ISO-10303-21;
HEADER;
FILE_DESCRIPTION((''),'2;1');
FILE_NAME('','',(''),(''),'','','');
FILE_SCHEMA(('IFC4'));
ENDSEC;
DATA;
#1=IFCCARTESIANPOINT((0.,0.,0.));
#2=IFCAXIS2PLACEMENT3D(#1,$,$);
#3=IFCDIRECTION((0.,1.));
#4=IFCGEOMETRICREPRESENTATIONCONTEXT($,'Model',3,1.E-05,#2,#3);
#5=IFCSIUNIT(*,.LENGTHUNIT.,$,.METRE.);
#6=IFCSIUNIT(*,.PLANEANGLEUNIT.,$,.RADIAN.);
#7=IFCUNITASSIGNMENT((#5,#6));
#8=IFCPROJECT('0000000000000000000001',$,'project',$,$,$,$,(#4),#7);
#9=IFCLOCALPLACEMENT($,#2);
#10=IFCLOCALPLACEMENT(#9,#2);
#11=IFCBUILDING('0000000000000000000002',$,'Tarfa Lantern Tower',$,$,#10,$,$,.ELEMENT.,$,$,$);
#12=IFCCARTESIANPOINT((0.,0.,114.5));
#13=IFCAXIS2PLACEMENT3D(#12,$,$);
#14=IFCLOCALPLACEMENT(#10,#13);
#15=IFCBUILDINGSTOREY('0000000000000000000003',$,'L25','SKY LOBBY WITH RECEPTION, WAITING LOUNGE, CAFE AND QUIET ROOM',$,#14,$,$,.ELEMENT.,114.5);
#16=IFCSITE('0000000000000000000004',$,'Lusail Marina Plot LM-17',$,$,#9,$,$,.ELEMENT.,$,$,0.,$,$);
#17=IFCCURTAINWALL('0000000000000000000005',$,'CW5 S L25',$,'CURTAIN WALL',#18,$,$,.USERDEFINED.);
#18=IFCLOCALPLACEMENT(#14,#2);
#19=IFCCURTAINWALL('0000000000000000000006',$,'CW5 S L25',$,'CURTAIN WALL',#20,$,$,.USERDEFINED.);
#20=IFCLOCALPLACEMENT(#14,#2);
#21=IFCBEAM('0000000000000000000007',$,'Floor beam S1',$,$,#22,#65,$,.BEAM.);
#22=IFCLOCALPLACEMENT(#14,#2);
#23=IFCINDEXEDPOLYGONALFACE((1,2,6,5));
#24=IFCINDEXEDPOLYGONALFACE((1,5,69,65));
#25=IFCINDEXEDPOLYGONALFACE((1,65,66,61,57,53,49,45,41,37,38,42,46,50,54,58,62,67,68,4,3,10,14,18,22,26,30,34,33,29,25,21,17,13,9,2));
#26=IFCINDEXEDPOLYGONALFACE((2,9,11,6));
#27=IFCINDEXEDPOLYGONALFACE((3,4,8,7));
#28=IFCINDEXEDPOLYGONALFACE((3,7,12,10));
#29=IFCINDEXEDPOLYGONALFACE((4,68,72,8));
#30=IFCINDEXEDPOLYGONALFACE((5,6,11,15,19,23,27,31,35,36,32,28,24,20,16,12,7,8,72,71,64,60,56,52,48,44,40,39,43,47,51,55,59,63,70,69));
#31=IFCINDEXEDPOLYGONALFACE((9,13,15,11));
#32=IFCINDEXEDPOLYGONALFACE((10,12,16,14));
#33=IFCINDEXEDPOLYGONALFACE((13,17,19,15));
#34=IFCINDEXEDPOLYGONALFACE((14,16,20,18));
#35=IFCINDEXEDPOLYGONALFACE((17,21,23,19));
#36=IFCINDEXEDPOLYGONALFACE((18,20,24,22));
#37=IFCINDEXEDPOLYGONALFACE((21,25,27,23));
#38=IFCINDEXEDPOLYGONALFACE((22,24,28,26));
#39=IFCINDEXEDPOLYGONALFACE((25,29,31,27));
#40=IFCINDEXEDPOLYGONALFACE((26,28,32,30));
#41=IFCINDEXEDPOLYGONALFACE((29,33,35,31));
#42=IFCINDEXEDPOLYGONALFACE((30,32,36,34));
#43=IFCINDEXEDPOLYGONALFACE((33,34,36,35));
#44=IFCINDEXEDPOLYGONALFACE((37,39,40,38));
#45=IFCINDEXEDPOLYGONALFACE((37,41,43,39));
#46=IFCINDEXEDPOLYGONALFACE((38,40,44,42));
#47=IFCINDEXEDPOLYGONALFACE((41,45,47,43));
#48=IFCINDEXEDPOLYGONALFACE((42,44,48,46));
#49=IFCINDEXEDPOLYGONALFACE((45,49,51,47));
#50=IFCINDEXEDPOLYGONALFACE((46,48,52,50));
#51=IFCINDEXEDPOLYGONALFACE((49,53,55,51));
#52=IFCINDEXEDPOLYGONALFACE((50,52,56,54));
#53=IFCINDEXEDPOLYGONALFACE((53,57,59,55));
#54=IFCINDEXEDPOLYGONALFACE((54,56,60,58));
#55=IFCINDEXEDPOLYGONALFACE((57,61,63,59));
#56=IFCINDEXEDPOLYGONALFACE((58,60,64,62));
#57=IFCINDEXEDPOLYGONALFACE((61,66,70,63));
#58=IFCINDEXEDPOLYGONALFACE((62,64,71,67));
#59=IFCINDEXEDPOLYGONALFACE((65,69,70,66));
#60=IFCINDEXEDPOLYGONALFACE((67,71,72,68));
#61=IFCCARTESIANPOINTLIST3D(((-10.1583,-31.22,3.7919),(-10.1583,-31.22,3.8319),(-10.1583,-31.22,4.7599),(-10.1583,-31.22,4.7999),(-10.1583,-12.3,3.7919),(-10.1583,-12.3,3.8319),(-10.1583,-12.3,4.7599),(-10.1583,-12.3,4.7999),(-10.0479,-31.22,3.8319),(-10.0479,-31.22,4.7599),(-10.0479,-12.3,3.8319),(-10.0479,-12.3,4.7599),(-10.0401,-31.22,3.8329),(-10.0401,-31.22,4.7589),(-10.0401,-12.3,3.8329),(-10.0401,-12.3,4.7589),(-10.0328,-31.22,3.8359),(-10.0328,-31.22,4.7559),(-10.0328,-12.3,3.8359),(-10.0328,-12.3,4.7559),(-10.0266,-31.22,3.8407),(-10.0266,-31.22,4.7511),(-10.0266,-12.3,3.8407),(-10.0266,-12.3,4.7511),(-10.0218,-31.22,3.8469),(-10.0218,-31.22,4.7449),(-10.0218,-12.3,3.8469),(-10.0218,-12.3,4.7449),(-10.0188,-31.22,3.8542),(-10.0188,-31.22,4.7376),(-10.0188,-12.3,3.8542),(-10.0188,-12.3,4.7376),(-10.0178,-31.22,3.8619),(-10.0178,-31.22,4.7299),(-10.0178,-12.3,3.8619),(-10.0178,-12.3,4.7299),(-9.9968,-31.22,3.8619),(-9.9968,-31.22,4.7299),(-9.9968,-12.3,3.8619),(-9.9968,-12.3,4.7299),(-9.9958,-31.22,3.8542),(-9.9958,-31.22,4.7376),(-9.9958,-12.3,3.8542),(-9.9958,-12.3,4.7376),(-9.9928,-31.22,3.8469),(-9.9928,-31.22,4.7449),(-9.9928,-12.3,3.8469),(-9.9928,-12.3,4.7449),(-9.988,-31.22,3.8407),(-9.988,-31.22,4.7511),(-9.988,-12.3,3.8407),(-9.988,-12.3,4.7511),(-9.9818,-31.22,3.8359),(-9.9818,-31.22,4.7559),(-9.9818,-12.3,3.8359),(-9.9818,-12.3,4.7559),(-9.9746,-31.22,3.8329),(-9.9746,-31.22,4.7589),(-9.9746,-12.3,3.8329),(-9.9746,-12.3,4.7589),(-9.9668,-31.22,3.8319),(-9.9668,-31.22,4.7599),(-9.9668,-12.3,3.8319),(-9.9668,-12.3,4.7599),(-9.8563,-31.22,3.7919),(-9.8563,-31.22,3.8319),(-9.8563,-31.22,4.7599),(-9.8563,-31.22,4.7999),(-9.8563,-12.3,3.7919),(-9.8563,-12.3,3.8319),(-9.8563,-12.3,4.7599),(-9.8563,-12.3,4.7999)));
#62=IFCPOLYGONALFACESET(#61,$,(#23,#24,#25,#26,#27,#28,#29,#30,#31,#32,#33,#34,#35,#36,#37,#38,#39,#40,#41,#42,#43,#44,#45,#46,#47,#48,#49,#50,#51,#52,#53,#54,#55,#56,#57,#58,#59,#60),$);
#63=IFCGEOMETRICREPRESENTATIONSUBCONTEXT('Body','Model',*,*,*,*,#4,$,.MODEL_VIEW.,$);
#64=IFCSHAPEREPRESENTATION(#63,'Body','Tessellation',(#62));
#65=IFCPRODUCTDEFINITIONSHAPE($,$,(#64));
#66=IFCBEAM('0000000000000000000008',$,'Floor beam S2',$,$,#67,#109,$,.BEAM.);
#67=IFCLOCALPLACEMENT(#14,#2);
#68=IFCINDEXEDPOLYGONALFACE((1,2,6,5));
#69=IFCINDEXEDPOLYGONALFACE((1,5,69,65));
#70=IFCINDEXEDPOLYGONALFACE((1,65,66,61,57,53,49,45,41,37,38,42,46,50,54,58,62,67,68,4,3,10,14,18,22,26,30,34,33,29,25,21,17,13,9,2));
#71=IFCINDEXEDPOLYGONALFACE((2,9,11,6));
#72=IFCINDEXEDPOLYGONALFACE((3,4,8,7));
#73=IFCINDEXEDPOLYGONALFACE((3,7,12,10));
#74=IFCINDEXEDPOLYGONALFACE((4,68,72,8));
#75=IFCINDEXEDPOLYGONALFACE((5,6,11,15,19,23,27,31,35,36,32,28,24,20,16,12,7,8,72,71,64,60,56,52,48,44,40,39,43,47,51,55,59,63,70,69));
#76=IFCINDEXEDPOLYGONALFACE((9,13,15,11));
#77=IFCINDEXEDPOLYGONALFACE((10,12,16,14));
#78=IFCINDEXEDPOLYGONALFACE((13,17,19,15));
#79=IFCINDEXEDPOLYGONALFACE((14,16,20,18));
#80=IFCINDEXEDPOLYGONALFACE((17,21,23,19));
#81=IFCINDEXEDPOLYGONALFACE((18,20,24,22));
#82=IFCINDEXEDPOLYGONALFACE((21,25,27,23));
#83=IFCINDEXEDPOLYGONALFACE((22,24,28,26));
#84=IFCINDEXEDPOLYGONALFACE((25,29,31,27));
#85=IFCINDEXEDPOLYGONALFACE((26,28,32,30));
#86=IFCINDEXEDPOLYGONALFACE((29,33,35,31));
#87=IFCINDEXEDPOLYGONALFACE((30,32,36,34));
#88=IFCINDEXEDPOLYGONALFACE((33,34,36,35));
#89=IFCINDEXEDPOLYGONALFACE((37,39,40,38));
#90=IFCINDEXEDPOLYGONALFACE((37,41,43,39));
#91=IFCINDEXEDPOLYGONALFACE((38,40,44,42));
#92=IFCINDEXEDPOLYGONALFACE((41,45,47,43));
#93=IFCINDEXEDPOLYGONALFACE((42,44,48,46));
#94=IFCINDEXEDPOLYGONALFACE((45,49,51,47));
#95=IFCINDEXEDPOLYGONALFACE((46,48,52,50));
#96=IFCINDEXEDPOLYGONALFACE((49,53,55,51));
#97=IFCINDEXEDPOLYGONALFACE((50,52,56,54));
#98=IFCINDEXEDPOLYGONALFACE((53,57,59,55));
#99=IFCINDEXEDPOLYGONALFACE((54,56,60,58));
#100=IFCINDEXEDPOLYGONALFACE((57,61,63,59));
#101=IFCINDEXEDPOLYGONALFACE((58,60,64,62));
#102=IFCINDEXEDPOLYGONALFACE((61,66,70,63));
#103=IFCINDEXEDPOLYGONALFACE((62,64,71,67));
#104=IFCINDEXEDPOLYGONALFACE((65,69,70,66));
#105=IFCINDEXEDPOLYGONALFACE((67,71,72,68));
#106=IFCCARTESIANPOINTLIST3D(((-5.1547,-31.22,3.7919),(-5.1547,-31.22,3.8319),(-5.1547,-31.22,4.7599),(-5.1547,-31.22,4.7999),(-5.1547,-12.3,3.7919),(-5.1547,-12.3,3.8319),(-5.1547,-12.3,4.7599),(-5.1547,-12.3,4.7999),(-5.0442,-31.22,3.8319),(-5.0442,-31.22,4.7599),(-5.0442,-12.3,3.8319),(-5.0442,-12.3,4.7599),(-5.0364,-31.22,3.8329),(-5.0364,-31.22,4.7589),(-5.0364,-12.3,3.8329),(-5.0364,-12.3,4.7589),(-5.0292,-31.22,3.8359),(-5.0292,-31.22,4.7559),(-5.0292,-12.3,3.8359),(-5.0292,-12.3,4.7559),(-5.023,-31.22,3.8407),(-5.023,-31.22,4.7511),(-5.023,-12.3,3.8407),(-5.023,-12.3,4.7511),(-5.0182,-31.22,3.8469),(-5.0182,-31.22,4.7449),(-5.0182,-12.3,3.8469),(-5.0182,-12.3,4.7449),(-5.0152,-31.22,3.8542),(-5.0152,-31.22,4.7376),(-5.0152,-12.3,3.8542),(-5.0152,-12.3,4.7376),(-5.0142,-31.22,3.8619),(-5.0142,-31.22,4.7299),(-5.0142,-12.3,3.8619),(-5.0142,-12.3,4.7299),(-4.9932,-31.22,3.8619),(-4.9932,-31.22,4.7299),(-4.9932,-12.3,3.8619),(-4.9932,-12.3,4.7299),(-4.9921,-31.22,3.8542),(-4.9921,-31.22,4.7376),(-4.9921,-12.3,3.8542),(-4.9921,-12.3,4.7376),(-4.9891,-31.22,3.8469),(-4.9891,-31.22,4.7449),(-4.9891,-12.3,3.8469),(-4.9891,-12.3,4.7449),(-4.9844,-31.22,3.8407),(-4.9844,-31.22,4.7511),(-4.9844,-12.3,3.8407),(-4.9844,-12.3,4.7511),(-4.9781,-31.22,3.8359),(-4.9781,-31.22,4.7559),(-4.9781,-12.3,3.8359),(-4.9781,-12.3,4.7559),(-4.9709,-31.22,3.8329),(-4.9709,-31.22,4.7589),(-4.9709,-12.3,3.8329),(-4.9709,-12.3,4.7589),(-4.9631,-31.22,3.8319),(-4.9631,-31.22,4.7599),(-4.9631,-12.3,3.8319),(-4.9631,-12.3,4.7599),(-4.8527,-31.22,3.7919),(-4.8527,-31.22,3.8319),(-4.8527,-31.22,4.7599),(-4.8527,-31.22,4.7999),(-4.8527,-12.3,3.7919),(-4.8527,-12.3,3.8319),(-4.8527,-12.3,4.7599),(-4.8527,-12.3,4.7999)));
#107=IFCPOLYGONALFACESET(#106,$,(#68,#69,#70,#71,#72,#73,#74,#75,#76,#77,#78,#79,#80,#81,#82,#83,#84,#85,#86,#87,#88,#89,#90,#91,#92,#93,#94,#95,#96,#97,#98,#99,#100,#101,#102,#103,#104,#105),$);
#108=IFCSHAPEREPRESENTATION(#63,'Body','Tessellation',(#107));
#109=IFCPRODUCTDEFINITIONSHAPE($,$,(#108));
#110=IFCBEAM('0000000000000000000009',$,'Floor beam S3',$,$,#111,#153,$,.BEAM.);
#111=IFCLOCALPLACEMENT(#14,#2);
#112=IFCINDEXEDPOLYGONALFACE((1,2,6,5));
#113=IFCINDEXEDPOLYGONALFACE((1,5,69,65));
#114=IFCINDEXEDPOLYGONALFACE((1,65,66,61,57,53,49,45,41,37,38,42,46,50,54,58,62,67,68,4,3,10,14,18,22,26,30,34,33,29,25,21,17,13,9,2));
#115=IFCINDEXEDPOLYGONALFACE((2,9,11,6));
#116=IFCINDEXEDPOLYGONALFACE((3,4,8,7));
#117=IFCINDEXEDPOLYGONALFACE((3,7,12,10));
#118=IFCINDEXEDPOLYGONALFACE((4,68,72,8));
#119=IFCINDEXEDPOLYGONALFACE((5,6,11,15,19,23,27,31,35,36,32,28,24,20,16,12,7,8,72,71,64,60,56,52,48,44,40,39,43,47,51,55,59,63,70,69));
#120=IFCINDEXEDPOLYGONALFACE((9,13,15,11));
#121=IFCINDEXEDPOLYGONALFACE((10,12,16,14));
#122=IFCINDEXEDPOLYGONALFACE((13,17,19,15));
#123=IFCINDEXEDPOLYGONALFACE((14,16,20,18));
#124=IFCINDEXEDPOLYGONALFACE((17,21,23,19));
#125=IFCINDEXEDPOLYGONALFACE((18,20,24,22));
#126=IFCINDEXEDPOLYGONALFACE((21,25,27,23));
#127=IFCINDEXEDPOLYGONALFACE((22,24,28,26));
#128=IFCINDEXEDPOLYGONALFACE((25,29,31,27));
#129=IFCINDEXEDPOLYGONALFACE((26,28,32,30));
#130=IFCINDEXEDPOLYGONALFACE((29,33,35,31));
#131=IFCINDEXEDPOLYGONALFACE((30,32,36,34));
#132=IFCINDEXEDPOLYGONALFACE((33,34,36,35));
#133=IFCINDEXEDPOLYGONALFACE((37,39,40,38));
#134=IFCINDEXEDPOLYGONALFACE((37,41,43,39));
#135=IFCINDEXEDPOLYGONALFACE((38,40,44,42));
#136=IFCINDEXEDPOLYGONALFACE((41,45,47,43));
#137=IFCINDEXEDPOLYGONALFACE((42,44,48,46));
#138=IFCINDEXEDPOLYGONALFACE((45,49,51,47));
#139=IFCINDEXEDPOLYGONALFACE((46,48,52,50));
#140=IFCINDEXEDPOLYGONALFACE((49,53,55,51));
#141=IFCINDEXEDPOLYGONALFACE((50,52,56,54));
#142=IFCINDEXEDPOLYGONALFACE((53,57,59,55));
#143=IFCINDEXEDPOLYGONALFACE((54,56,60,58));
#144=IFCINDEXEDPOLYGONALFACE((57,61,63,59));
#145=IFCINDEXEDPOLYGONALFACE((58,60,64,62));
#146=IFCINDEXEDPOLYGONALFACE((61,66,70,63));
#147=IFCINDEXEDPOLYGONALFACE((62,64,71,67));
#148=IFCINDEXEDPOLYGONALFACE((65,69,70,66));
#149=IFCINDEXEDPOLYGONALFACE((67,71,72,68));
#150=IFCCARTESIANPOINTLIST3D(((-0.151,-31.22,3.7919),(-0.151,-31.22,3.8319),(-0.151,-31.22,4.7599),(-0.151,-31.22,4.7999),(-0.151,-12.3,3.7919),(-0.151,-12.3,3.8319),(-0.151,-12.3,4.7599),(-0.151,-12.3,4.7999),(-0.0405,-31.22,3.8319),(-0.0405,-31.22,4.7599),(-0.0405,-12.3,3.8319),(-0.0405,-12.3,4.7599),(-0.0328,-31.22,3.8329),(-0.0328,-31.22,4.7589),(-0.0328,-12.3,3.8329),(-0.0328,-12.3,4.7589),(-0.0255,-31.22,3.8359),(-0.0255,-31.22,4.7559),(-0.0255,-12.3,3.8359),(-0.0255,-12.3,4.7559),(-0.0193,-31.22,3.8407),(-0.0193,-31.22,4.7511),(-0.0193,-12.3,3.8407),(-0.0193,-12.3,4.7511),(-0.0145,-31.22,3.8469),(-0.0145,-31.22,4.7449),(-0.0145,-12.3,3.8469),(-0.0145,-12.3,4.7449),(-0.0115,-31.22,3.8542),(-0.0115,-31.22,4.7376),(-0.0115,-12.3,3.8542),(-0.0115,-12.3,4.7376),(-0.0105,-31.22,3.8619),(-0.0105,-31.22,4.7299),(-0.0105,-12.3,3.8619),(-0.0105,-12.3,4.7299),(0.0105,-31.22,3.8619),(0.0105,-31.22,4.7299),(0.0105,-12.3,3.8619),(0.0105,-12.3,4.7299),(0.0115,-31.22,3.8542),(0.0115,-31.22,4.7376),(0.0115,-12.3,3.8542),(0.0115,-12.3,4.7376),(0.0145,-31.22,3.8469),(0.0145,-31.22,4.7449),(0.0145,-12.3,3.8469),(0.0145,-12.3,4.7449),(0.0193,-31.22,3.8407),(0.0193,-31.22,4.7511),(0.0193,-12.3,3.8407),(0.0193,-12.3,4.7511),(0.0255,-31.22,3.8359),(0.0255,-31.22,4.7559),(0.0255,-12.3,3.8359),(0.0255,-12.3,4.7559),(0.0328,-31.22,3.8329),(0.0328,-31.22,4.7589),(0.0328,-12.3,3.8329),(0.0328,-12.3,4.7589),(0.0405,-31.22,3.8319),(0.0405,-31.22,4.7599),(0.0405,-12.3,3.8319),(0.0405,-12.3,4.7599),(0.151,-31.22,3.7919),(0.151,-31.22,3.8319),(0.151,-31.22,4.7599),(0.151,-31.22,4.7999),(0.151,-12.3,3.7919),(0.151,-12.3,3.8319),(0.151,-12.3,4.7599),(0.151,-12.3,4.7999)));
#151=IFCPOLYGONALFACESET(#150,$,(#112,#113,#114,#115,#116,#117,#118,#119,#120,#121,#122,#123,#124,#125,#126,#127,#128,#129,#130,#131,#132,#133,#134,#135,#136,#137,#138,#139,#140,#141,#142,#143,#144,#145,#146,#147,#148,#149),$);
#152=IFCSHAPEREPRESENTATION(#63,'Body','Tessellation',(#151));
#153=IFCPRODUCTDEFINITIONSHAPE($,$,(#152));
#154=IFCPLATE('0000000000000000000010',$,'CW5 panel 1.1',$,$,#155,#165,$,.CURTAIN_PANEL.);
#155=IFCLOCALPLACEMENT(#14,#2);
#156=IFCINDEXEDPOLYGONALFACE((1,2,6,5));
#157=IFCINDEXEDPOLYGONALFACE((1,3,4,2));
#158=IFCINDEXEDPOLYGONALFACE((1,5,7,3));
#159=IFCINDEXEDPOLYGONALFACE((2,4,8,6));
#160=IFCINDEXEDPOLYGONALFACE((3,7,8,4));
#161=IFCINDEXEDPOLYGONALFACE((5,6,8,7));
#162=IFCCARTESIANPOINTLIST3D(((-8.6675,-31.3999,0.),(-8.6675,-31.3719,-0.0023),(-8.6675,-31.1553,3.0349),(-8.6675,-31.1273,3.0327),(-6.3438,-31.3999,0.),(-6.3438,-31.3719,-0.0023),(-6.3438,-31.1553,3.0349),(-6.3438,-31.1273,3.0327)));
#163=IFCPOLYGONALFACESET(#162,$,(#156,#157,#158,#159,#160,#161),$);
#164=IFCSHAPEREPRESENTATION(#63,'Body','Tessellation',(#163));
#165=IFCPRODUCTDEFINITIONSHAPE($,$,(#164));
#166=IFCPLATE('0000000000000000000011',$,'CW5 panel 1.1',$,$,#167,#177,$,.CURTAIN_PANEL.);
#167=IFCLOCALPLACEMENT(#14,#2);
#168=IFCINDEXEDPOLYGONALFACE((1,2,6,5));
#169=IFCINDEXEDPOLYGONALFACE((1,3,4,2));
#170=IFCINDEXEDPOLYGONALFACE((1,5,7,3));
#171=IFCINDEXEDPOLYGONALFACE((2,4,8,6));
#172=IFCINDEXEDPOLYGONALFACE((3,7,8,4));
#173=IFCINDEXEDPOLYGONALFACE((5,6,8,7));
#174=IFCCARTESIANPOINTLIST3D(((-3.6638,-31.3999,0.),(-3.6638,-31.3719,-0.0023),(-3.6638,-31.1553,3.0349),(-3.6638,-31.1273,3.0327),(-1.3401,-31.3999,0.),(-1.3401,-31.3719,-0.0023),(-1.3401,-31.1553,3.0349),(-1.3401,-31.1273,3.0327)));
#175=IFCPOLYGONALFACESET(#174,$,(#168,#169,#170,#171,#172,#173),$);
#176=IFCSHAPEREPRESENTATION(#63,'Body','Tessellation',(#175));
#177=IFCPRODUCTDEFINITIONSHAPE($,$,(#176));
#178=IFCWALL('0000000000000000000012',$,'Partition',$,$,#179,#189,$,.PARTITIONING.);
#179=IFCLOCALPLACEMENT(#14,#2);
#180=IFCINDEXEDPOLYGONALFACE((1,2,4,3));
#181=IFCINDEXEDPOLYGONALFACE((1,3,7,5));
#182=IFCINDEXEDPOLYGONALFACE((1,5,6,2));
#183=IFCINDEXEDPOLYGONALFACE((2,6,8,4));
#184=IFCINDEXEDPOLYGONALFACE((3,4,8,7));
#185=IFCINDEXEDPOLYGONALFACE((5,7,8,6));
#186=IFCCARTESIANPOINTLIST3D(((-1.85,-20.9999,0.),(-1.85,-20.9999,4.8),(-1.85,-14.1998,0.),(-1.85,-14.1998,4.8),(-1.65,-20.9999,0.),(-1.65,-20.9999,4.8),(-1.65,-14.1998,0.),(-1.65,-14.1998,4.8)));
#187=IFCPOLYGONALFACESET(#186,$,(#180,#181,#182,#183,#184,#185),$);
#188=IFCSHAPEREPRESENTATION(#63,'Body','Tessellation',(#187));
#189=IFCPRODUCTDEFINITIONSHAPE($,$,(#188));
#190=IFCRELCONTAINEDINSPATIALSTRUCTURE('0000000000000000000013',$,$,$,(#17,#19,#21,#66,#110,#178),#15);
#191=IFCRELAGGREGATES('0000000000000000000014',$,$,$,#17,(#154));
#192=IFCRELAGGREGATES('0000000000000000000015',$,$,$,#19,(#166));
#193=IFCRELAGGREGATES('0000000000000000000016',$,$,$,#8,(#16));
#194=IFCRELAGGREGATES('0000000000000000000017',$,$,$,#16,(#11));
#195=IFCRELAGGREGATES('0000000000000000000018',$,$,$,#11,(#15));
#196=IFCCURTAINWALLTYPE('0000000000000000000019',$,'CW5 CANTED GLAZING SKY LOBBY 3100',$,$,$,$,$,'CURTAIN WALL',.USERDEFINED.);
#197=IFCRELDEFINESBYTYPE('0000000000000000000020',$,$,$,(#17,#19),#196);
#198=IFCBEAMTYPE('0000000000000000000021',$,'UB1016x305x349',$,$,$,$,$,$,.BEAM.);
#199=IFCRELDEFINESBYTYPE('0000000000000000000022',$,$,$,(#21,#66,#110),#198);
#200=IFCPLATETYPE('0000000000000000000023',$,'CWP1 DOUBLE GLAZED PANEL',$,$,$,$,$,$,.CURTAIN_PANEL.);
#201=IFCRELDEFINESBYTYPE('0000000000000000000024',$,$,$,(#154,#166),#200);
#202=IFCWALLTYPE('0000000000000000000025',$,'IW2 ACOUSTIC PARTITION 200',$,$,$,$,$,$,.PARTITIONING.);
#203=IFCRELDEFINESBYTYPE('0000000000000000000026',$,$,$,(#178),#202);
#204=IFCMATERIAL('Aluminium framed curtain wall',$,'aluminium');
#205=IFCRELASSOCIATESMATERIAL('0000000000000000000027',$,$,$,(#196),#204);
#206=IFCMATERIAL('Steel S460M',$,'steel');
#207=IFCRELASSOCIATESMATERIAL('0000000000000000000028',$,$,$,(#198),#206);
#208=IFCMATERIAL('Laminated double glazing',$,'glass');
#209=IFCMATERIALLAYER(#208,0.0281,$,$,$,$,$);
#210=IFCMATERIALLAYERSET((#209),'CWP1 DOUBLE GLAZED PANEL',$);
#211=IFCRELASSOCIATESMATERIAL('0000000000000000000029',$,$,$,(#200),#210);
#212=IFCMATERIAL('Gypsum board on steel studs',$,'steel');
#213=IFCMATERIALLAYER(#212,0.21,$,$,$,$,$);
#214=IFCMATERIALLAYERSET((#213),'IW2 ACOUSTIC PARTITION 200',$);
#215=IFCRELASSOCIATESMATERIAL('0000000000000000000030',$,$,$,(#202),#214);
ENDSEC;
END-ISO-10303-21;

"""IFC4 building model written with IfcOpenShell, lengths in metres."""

from ifc_helpers import new_model, si_unit, direction, frame, frame_2d, origin, origin_2d, place, context, subcontext, project, spatial, polyline, rectangle, i_section, outline, extrude, material, layer, layer_set, material_profile, profile_set, type_object, element, aggregate, save


model = new_model("IFC4")

# Units and contexts
model_context = context("Model", 3, precision=1e-05, world=origin(), true_north=direction((0.0, 1.0)))
body_context = subcontext(model_context, "Body", "Model", "MODEL_VIEW")
ifc_project = project(units=[si_unit("LENGTHUNIT", "METRE"), si_unit("PLANEANGLEUNIT", "RADIAN")], contexts=[model_context])

# Site, building, storey
site_placement = place(None, origin())
site = spatial("IfcSite", under=ifc_project, at=site_placement, Name="Lusail Marina Plot LM-17", CompositionType="ELEMENT", RefElevation=0.0)
building_placement = place(site_placement, origin())
building = spatial("IfcBuilding", under=site, at=building_placement, Name="Tarfa Lantern Tower", CompositionType="ELEMENT")
storey_placement = place(building_placement, frame((0.0, 0.0, 114.5)))
storey = spatial("IfcBuildingStorey", under=building, at=storey_placement, Name="L25", Description="SKY LOBBY WITH RECEPTION, WAITING LOUNGE, CAFE AND QUIET ROOM", CompositionType="ELEMENT", Elevation=114.5)

# Shared definitions
ifc_material_1 = material(Name="Aluminium framed curtain wall", Category="aluminium")
curtain_wall_type = type_object("IfcCurtainWallType", Name="CW5 CANTED GLAZING SKY LOBBY 3100", ElementType="CURTAIN WALL", PredefinedType="USERDEFINED", material=ifc_material_1)

# Curtain walls
curtain_wall_1_placement = place(storey_placement, origin())
curtain_wall_1 = element("IfcCurtainWall", 1, at=curtain_wall_1_placement, inside=storey, type_object=curtain_wall_type, Name="CW5 S L25", ObjectType="CURTAIN WALL", PredefinedType="USERDEFINED")
curtain_wall_2_placement = place(storey_placement, origin())
curtain_wall_2 = element("IfcCurtainWall", 2, at=curtain_wall_2_placement, inside=storey, type_object=curtain_wall_type, Name="CW5 S L25", ObjectType="CURTAIN WALL", PredefinedType="USERDEFINED")

# Beams
ifc_material_2 = material(Name="Steel S460M", Category="steel")
ifc_material_profile_1 = material_profile(ifc_material_2, i_section(OverallWidth=0.302, OverallDepth=1.0081, WebThickness=0.021, FlangeThickness=0.04, FilletRadius=0.03, at=origin_2d()), Name="UB1016x305x349")
ifc_profile_set_1 = profile_set([ifc_material_profile_1], Name="Steel S460M")
beam_type_1 = type_object("IfcBeamType", Name="UB1016x305x349", PredefinedType="BEAM", material=ifc_profile_set_1)
for number, where, z_axis, x_axis, name in (
    (3, (-10.0073, -31.22, 4.2959), (0.0, 1.0, 0.0), (-1.0, 0.0, 0.0), "Floor beam S1"),
    (4, (-5.0037, -31.22, 4.2959), (0.0, 1.0, 0.0), (-1.0, 0.0, 0.0), "Floor beam S2"),
    (5, (0.0, -31.22, 4.2959), (0.0, 1.0, 0.0), (-1.0, 0.0, 0.0), "Floor beam S3"),
):
    element("IfcBeam", number, at=place(storey_placement, frame(where, z_axis=z_axis, x_axis=x_axis)), inside=storey, type_object=beam_type_1, Name=name, PredefinedType="BEAM", context=body_context, shape_type="SweptSolid", body=[
        extrude(i_section(OverallWidth=0.302, OverallDepth=1.0081, WebThickness=0.021, FlangeThickness=0.04, FilletRadius=0.03, at=origin_2d()), origin(), (0.0, 0.0, 1.0), 18.9199),
    ])

# Plates
ifc_material_3 = material(Name="Laminated double glazing", Category="glass")
ifc_layer_1 = layer(ifc_material_3, 0.0281)
ifc_layer_set_1 = layer_set([ifc_layer_1], Name="CWP1 DOUBLE GLAZED PANEL")
plate_type = type_object("IfcPlateType", Name="CWP1 DOUBLE GLAZED PANEL", PredefinedType="CURTAIN_PANEL", material=ifc_layer_set_1)
plate_1_placement = place(storey_placement, frame((-8.6675, -31.3999, 0.0), z_axis=(0.0, -0.996767, 0.080344), x_axis=(1.0, 0.0, 0.0)))
plate_1 = element("IfcPlate", 6, at=plate_1_placement, type_object=plate_type, Name="CW5 panel 1.1", PredefinedType="CURTAIN_PANEL", context=body_context, shape_type="SweptSolid", body=[
    extrude(outline(polyline([(0.0, 0.0), (2.3237, 0.0), (2.3237, 3.0448), (0.0, 3.0448), (0.0, 0.0)])), origin(), (0.0, 0.0, -1.0), 0.0281),
])
aggregate(curtain_wall_1, [plate_1])
plate_2_placement = place(storey_placement, frame((-3.6638, -31.3999, 0.0), z_axis=(0.0, -0.996767, 0.080344), x_axis=(1.0, 0.0, 0.0)))
plate_2 = element("IfcPlate", 7, at=plate_2_placement, type_object=plate_type, Name="CW5 panel 1.1", PredefinedType="CURTAIN_PANEL", context=body_context, shape_type="SweptSolid", body=[
    extrude(outline(polyline([(0.0, 0.0), (2.3237, 0.0), (2.3237, 3.0448), (0.0, 3.0448), (0.0, 0.0)])), origin(), (0.0, 0.0, -1.0), 0.0281),
])
aggregate(curtain_wall_2, [plate_2])

# Wall
ifc_material_4 = material(Name="Gypsum board on steel studs", Category="steel")
ifc_layer_2 = layer(ifc_material_4, 0.21)
ifc_layer_set_2 = layer_set([ifc_layer_2], Name="IW2 ACOUSTIC PARTITION 200")
wall_type_1 = type_object("IfcWallType", Name="IW2 ACOUSTIC PARTITION 200", PredefinedType="PARTITIONING", material=ifc_layer_set_2)
wall_1_placement = place(storey_placement, frame((-1.75, -14.2, 0.0), z_axis=(0.0, 0.0, 1.0), x_axis=(0.0, -1.0, 0.0)))
element("IfcWall", 8, at=wall_1_placement, inside=storey, type_object=wall_type_1, Name="Partition", PredefinedType="PARTITIONING", context=body_context, shape_type="SweptSolid", body=[
    extrude(rectangle(XDim=6.8, YDim=0.2, at=frame_2d((3.3999, 0.0))), origin(), (0.0, 0.0, 1.0), 4.8),
])

save(model, "model.ifc")
